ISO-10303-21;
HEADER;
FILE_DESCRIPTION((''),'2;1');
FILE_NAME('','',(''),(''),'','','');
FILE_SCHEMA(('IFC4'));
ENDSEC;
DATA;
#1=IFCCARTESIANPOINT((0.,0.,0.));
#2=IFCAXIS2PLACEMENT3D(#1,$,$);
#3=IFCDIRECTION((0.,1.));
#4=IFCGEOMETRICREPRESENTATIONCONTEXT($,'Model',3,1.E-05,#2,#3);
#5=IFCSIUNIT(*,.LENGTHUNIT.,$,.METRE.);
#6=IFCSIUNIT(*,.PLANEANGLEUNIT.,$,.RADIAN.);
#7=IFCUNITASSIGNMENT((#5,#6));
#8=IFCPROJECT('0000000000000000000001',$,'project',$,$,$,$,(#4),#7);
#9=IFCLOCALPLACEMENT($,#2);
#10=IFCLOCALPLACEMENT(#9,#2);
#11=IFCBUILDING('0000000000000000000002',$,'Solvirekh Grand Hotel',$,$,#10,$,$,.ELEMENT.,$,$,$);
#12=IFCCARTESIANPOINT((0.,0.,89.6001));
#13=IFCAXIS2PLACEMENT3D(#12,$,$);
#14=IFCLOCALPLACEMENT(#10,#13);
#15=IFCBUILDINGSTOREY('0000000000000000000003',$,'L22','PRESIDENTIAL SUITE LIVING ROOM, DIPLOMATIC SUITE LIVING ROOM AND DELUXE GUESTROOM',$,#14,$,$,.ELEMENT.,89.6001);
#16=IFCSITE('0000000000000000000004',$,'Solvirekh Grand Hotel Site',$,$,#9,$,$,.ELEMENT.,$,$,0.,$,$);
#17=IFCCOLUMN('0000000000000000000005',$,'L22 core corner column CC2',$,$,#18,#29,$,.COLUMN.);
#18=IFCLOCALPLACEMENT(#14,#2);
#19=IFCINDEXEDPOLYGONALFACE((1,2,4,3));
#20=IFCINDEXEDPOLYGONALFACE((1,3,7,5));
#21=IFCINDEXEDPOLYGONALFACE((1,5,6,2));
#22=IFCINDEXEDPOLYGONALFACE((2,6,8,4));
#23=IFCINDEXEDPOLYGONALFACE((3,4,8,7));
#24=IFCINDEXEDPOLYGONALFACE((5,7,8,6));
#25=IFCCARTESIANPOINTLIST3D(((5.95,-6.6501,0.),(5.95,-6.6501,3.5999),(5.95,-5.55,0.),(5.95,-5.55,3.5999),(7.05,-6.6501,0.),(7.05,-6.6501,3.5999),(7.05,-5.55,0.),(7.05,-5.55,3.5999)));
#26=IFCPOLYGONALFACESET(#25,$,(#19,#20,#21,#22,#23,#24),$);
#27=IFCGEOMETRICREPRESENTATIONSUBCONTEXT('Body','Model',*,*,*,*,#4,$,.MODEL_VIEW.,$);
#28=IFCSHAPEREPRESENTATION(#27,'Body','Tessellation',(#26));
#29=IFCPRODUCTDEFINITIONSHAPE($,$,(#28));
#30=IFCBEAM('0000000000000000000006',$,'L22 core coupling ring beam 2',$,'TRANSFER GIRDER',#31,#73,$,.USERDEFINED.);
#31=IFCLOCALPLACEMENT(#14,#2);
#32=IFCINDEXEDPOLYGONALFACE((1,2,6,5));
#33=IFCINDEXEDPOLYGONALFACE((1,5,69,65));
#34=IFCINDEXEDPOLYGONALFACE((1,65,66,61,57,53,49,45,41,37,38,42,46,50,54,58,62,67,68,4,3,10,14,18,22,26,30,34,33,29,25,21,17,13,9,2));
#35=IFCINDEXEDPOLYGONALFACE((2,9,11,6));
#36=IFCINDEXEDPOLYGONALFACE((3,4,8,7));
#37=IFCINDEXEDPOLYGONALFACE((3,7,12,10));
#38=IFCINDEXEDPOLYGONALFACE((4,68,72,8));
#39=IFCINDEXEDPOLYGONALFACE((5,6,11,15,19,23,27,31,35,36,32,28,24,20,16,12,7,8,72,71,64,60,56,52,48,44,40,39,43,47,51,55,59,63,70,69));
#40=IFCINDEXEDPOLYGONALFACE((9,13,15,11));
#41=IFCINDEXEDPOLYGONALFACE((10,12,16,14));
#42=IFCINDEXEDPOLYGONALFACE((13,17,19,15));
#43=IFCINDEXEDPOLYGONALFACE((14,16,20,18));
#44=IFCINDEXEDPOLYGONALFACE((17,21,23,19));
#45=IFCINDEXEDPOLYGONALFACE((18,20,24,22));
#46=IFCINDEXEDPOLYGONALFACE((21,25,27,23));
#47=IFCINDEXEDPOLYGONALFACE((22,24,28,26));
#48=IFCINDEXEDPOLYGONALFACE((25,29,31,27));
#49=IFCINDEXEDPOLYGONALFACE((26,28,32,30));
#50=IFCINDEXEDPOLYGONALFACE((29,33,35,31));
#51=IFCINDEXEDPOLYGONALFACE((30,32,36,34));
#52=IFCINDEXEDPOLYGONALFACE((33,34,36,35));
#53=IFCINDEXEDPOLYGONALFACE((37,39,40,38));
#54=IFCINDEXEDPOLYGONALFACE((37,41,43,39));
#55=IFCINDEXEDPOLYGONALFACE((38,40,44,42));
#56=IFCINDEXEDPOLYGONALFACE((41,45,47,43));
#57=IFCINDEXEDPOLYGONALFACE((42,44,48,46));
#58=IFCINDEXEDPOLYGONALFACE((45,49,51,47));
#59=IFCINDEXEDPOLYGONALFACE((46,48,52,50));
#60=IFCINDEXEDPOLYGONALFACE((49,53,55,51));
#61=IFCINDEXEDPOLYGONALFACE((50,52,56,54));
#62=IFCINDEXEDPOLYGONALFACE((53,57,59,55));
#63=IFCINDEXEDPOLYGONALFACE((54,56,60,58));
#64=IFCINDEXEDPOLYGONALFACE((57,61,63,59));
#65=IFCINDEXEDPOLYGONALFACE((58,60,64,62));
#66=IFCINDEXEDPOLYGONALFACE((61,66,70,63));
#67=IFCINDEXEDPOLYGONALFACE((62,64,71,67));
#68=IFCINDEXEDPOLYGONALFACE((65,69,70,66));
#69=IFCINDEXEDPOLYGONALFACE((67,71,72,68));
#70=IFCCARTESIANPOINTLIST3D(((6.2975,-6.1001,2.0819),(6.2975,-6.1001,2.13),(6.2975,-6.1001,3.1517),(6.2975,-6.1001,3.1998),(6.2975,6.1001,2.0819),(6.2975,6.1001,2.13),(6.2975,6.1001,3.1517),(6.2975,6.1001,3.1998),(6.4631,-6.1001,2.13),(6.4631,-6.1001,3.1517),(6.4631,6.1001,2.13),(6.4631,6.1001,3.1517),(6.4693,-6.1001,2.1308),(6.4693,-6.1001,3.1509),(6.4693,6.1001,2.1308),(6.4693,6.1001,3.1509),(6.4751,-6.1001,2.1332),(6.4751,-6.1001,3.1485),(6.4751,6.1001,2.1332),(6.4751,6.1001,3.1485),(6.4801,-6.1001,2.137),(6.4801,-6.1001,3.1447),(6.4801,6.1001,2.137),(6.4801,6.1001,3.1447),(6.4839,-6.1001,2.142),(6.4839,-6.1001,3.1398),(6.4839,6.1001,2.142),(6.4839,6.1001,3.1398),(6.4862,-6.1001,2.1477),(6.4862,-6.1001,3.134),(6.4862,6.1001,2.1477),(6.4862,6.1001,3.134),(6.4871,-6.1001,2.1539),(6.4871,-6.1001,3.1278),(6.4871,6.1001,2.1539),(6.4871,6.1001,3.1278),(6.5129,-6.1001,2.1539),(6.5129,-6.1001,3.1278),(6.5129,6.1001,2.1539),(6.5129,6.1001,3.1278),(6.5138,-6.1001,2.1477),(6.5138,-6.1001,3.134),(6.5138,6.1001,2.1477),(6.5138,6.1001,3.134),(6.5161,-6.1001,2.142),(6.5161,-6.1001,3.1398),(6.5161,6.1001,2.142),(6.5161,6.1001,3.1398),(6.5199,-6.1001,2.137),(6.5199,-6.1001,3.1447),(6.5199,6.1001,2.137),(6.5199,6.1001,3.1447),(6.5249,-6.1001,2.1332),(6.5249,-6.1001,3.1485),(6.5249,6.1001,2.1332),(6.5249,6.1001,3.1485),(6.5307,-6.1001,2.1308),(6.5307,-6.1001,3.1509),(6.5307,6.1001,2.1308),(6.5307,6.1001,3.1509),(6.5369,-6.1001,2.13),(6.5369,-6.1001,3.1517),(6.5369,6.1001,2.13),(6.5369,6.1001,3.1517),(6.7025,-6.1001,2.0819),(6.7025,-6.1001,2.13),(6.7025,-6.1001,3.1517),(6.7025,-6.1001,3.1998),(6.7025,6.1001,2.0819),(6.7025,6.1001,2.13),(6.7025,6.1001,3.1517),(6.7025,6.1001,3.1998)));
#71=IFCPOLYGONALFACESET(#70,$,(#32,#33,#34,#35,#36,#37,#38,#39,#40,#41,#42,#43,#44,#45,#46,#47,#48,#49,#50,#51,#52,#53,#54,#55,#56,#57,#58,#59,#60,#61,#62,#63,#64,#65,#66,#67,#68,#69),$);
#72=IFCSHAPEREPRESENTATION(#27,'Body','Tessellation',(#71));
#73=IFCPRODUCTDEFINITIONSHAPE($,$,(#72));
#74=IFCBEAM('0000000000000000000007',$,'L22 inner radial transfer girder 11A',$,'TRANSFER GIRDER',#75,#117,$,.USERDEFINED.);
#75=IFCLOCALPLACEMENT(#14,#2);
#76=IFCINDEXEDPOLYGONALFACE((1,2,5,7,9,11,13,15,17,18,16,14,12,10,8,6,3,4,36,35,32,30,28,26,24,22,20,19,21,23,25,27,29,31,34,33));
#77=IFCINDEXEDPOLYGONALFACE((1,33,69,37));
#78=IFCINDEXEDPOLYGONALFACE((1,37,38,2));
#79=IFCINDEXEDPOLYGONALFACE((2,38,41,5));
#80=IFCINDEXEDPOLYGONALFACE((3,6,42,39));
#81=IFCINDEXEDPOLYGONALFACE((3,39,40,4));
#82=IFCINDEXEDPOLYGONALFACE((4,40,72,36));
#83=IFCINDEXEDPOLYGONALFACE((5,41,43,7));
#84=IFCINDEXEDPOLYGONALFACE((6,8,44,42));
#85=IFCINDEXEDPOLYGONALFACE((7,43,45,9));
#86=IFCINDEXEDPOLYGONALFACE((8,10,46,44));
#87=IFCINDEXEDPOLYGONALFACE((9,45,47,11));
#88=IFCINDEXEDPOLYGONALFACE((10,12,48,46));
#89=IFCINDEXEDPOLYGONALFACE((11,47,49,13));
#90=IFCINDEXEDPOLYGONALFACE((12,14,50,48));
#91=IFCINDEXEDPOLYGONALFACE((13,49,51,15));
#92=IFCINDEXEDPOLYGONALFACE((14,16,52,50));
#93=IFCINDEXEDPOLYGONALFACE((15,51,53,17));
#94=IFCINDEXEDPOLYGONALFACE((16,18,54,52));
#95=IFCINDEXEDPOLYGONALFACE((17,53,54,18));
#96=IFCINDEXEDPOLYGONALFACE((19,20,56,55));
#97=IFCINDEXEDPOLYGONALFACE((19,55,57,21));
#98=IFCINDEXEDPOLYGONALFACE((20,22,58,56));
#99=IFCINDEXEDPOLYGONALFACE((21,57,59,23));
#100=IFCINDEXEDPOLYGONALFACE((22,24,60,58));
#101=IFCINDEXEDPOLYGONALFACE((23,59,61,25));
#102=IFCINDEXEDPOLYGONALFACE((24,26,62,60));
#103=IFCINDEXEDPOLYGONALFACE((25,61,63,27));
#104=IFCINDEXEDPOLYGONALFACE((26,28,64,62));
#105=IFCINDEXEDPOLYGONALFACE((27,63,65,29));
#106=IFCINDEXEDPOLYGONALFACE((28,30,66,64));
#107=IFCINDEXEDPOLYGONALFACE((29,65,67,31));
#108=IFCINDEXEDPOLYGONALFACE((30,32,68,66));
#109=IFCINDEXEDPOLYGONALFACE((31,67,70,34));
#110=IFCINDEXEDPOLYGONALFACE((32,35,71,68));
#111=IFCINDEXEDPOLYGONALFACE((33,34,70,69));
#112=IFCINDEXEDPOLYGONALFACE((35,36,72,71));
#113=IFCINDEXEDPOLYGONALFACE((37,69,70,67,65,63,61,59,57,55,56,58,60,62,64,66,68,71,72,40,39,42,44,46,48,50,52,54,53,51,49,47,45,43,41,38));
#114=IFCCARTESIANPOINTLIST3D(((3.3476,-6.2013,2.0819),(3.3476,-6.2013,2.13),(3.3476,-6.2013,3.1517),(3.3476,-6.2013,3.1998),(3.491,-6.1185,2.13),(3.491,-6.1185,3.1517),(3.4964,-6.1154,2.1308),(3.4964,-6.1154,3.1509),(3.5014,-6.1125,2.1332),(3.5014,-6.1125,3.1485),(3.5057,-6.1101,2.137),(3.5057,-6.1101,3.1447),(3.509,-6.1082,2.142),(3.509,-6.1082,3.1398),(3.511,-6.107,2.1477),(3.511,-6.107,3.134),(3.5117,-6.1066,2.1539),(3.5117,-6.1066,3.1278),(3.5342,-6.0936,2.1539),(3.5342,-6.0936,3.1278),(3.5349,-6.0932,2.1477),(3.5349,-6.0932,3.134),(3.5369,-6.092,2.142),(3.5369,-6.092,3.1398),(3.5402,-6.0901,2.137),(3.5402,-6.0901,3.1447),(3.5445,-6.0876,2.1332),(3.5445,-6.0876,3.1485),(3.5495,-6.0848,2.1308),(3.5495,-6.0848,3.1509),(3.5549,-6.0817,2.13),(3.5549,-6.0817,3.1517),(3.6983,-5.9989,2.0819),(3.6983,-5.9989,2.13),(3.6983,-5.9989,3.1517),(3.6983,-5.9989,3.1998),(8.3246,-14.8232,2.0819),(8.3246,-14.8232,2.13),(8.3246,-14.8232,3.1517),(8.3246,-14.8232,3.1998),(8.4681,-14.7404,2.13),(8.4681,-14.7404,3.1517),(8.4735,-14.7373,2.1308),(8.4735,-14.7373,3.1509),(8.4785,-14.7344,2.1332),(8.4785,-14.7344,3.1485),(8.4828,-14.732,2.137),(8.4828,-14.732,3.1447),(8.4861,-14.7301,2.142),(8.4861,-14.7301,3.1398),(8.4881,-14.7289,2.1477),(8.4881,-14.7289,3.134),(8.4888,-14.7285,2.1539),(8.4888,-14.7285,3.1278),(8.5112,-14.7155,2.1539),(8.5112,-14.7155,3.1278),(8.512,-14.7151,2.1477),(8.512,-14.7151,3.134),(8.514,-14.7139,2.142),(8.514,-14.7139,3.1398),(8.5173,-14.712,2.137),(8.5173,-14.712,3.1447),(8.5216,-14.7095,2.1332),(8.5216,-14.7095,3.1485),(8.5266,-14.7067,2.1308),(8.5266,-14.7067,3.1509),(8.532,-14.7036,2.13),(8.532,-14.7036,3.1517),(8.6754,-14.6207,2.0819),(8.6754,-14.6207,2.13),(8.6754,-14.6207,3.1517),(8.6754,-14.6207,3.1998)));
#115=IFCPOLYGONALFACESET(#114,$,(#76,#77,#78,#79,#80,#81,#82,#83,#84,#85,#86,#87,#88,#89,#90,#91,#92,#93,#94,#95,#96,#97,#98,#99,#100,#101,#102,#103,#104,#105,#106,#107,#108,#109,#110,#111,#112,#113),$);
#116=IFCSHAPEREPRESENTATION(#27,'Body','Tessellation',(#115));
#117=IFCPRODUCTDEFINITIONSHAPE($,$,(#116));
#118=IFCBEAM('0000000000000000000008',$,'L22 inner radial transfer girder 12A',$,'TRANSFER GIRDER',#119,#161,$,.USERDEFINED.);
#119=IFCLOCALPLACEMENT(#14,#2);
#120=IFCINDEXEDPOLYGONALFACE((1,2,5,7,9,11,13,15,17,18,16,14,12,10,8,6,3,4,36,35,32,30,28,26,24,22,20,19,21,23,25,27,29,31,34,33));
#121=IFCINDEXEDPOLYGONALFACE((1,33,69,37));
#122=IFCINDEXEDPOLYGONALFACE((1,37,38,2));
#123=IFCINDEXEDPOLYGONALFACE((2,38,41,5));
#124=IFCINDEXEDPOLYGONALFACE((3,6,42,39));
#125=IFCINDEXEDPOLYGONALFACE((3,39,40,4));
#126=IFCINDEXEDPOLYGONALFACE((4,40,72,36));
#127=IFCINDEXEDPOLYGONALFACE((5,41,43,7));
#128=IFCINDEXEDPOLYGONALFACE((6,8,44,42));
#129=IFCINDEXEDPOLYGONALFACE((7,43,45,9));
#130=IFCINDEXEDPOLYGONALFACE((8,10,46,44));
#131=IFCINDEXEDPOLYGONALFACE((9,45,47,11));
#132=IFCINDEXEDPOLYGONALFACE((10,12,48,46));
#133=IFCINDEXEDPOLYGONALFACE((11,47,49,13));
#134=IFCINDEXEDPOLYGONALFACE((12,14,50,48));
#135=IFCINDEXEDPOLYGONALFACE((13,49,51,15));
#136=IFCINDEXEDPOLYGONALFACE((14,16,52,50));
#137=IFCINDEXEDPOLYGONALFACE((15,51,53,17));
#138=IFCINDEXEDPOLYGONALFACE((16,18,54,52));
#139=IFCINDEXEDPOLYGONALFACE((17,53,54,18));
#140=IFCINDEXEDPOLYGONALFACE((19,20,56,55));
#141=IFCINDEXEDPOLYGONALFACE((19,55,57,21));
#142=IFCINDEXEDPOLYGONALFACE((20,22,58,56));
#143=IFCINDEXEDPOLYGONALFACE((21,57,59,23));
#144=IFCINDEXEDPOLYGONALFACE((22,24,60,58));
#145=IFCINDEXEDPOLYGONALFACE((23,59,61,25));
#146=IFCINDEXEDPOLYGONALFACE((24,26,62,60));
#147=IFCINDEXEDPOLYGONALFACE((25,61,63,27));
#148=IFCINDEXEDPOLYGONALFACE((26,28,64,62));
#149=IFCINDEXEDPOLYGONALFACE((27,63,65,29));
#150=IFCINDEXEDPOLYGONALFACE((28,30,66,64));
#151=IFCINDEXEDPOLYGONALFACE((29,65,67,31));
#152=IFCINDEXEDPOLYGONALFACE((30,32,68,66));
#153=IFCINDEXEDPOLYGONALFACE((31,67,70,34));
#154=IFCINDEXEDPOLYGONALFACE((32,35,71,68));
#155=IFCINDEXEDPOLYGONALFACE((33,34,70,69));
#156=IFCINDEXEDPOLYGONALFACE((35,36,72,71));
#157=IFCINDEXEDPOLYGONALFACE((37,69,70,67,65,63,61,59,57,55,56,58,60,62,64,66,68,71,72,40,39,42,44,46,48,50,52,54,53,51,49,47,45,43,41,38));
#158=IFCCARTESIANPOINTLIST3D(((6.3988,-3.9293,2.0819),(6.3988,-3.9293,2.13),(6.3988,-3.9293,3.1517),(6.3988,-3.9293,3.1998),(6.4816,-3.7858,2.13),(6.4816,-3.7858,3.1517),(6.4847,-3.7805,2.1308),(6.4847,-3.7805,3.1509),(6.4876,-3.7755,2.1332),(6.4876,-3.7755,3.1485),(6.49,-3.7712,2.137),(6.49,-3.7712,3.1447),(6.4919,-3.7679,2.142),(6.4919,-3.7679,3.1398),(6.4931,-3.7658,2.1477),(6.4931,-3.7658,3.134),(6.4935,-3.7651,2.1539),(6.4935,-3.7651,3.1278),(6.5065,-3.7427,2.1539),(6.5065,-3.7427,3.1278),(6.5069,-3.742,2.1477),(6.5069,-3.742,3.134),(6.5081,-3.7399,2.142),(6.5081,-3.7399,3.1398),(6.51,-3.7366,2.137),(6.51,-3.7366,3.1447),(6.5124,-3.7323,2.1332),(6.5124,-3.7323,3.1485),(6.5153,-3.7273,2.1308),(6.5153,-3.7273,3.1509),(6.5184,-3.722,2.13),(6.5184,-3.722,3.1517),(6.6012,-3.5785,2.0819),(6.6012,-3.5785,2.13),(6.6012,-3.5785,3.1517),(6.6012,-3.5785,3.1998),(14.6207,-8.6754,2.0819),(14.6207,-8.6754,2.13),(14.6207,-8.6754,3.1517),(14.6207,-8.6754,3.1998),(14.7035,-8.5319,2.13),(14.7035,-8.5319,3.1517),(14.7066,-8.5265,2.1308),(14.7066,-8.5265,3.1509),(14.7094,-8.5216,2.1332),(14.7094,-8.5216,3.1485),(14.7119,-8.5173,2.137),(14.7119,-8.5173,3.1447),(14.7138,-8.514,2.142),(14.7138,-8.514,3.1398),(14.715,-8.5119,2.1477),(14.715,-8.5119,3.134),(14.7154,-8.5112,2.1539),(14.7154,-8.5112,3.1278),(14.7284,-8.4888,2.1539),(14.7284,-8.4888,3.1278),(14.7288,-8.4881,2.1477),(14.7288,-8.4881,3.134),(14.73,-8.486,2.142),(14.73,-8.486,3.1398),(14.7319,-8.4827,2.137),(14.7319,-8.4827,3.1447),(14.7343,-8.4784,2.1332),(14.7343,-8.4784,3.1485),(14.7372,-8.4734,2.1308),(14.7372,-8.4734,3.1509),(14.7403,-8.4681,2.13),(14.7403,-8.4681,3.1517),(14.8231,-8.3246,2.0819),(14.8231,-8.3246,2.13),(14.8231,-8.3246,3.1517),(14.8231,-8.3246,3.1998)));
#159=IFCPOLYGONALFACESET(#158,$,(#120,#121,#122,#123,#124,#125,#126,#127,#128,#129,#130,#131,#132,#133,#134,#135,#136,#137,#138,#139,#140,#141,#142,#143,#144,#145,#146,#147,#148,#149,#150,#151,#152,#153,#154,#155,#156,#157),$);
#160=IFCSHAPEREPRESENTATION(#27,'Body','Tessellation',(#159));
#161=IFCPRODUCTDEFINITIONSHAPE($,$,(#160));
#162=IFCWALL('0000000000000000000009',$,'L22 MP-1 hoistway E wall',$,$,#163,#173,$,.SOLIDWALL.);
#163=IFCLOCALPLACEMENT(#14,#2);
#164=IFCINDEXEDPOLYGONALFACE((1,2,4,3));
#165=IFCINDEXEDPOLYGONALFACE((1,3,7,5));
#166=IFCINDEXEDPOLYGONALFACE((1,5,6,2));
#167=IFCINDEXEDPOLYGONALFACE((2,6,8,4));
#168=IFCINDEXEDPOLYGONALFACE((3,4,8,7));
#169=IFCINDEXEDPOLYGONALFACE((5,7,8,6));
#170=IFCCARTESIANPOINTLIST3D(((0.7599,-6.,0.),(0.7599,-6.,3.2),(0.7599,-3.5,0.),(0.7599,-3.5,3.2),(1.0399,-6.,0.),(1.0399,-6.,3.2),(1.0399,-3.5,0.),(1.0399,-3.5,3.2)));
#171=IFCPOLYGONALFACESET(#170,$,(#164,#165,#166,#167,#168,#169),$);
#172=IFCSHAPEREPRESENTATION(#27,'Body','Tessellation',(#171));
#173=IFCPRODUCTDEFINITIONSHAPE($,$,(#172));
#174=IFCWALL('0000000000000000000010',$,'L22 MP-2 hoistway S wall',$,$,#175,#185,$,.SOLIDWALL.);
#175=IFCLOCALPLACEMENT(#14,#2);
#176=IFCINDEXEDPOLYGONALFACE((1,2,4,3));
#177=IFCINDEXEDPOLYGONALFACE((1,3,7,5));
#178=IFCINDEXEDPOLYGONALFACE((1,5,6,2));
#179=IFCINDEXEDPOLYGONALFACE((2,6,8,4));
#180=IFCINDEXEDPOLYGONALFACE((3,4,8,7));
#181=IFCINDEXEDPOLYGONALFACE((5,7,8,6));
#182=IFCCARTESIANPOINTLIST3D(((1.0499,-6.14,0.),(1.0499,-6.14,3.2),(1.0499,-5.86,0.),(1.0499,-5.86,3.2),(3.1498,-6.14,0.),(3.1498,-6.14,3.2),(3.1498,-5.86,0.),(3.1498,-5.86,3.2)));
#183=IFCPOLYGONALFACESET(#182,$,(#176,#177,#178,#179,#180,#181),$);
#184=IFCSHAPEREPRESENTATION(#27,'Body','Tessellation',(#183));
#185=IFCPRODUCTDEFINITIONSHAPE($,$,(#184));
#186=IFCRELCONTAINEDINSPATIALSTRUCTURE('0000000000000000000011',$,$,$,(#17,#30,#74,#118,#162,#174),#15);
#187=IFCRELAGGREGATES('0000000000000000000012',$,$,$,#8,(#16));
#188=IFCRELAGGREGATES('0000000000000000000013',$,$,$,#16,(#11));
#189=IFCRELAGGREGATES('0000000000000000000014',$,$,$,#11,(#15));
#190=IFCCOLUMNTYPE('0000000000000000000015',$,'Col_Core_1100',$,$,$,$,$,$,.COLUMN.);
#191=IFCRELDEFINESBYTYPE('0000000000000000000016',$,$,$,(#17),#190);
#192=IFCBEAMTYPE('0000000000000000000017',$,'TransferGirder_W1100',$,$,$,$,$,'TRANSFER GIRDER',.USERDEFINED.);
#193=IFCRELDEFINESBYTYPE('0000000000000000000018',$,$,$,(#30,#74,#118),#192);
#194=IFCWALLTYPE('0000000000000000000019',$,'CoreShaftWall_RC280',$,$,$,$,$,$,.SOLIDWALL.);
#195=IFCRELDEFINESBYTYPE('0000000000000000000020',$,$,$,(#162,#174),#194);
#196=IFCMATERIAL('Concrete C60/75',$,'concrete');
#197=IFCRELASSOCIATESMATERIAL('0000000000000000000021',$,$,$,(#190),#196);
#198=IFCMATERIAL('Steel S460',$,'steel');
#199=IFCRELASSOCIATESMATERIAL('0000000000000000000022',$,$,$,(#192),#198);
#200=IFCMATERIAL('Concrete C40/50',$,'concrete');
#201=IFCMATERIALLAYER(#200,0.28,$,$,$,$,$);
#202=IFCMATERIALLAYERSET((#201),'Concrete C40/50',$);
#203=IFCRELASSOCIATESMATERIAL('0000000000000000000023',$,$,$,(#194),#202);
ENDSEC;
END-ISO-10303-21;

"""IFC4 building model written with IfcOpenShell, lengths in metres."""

from ifc_helpers import new_model, si_unit, direction, frame, frame_2d, origin, origin_2d, place, context, subcontext, project, spatial, rectangle, i_section, extrude, material, layer, layer_set, material_profile, profile_set, type_object, element, save


model = new_model("IFC4")

# Units and contexts
model_context = context("Model", 3, precision=1e-05, world=origin(), true_north=direction((0.0, 1.0)))
body_context = subcontext(model_context, "Body", "Model", "MODEL_VIEW")
ifc_project = project(units=[si_unit("LENGTHUNIT", "METRE"), si_unit("PLANEANGLEUNIT", "RADIAN")], contexts=[model_context])

# Site, building, storey
site_placement = place(None, origin())
site = spatial("IfcSite", under=ifc_project, at=site_placement, Name="Solvirekh Grand Hotel Site", CompositionType="ELEMENT", RefElevation=0.0)
building_placement = place(site_placement, origin())
building = spatial("IfcBuilding", under=site, at=building_placement, Name="Solvirekh Grand Hotel", CompositionType="ELEMENT")
storey_placement = place(building_placement, frame((0.0, 0.0, 89.6001)))
storey = spatial("IfcBuildingStorey", under=building, at=storey_placement, Name="L22", Description="PRESIDENTIAL SUITE LIVING ROOM, DIPLOMATIC SUITE LIVING ROOM AND DELUXE GUESTROOM", CompositionType="ELEMENT", Elevation=89.6001)

# Column
ifc_material_1 = material(Name="Concrete C60/75", Category="concrete")
ifc_material_profile_1 = material_profile(ifc_material_1, rectangle(XDim=1.1001, YDim=1.1001, at=origin_2d()), Name="RC 1100X1100")
ifc_profile_set_1 = profile_set([ifc_material_profile_1], Name="Concrete C60/75")
column_type = type_object("IfcColumnType", Name="Col_Core_1100", PredefinedType="COLUMN", material=ifc_profile_set_1)
column_placement = place(storey_placement, frame((6.5, -6.1001, 0.0), z_axis=(0.0, 0.0, 1.0), x_axis=(1.0, 0.0, 0.0)))
element("IfcColumn", 1, at=column_placement, inside=storey, type_object=column_type, Name="L22 core corner column CC2", PredefinedType="COLUMN", context=body_context, shape_type="SweptSolid", body=[
    extrude(rectangle(XDim=1.1001, YDim=1.1001, at=origin_2d()), origin(), (0.0, 0.0, 1.0), 3.5999),
])

# Beams
ifc_material_2 = material(Name="Steel S460", Category="steel")
ifc_material_profile_2 = material_profile(ifc_material_2, i_section(OverallWidth=0.405, OverallDepth=1.1179, WebThickness=0.0259, FlangeThickness=0.0481, FilletRadius=0.0239, at=origin_2d()), Name="W1100X499")
ifc_profile_set_2 = profile_set([ifc_material_profile_2], Name="Steel S460")
beam_type = type_object("IfcBeamType", Name="TransferGirder_W1100", ElementType="TRANSFER GIRDER", PredefinedType="USERDEFINED", material=ifc_profile_set_2)
beam_1_placement = place(storey_placement, frame((6.5, -6.1001, 2.6409), z_axis=(0.0, 1.0, 0.0), x_axis=(-1.0, 0.0, 0.0)))
element("IfcBeam", 2, at=beam_1_placement, inside=storey, type_object=beam_type, Name="L22 core coupling ring beam 2", ObjectType="TRANSFER GIRDER", PredefinedType="USERDEFINED", context=body_context, shape_type="SweptSolid", body=[
    extrude(i_section(OverallWidth=0.405, OverallDepth=1.1179, WebThickness=0.0259, FlangeThickness=0.0481, FilletRadius=0.0239, at=origin_2d()), origin(), (0.0, 0.0, 1.0), 12.2002),
])
beam_2_placement = place(storey_placement, frame((3.5229, -6.1001, 2.6409), z_axis=(0.499943, -0.866059, 0.0), x_axis=(0.866059, 0.499943, 0.0)))
element("IfcBeam", 3, at=beam_2_placement, inside=storey, type_object=beam_type, Name="L22 inner radial transfer girder 11A", ObjectType="TRANSFER GIRDER", PredefinedType="USERDEFINED", context=body_context, shape_type="SweptSolid", body=[
    extrude(i_section(OverallWidth=0.405, OverallDepth=1.1179, WebThickness=0.0259, FlangeThickness=0.0481, FilletRadius=0.0239, at=origin_2d()), origin(), (0.0, 0.0, 1.0), 9.9553),
])
beam_3_placement = place(storey_placement, frame((6.5, -3.7539, 2.6409), z_axis=(0.866064, -0.499934, 0.0), x_axis=(0.499934, 0.866064, 0.0)))
element("IfcBeam", 4, at=beam_3_placement, inside=storey, type_object=beam_type, Name="L22 inner radial transfer girder 12A", ObjectType="TRANSFER GIRDER", PredefinedType="USERDEFINED", context=body_context, shape_type="SweptSolid", body=[
    extrude(i_section(OverallWidth=0.405, OverallDepth=1.1179, WebThickness=0.0259, FlangeThickness=0.0481, FilletRadius=0.0239, at=origin_2d()), origin(), (0.0, 0.0, 1.0), 9.4934),
])

# Walls
ifc_material_3 = material(Name="Concrete C40/50", Category="concrete")
ifc_layer_1 = layer(ifc_material_3, 0.28)
ifc_layer_set_1 = layer_set([ifc_layer_1], Name="Concrete C40/50")
wall_type_1 = type_object("IfcWallType", Name="CoreShaftWall_RC280", PredefinedType="SOLIDWALL", material=ifc_layer_set_1)
wall_1_placement = place(storey_placement, frame((0.8999, -6.0, 0.0), z_axis=(0.0, 0.0, 1.0), x_axis=(0.0, 1.0, 0.0)))
element("IfcWall", 5, at=wall_1_placement, inside=storey, type_object=wall_type_1, Name="L22 MP-1 hoistway E wall", PredefinedType="SOLIDWALL", context=body_context, shape_type="SweptSolid", body=[
    extrude(rectangle(XDim=2.5, YDim=0.28, at=frame_2d((1.25, 0.0))), origin(), (0.0, 0.0, 1.0), 3.2),
])
wall_2_placement = place(storey_placement, frame((1.05, -6.0, 0.0), z_axis=(0.0, 0.0, 1.0), x_axis=(1.0, 0.0, 0.0)))
element("IfcWall", 6, at=wall_2_placement, inside=storey, type_object=wall_type_1, Name="L22 MP-2 hoistway S wall", PredefinedType="SOLIDWALL", context=body_context, shape_type="SweptSolid", body=[
    extrude(rectangle(XDim=2.0999, YDim=0.28, at=frame_2d((1.0498, 0.0))), origin(), (0.0, 0.0, 1.0), 3.2),
])

save(model, "model.ifc")
